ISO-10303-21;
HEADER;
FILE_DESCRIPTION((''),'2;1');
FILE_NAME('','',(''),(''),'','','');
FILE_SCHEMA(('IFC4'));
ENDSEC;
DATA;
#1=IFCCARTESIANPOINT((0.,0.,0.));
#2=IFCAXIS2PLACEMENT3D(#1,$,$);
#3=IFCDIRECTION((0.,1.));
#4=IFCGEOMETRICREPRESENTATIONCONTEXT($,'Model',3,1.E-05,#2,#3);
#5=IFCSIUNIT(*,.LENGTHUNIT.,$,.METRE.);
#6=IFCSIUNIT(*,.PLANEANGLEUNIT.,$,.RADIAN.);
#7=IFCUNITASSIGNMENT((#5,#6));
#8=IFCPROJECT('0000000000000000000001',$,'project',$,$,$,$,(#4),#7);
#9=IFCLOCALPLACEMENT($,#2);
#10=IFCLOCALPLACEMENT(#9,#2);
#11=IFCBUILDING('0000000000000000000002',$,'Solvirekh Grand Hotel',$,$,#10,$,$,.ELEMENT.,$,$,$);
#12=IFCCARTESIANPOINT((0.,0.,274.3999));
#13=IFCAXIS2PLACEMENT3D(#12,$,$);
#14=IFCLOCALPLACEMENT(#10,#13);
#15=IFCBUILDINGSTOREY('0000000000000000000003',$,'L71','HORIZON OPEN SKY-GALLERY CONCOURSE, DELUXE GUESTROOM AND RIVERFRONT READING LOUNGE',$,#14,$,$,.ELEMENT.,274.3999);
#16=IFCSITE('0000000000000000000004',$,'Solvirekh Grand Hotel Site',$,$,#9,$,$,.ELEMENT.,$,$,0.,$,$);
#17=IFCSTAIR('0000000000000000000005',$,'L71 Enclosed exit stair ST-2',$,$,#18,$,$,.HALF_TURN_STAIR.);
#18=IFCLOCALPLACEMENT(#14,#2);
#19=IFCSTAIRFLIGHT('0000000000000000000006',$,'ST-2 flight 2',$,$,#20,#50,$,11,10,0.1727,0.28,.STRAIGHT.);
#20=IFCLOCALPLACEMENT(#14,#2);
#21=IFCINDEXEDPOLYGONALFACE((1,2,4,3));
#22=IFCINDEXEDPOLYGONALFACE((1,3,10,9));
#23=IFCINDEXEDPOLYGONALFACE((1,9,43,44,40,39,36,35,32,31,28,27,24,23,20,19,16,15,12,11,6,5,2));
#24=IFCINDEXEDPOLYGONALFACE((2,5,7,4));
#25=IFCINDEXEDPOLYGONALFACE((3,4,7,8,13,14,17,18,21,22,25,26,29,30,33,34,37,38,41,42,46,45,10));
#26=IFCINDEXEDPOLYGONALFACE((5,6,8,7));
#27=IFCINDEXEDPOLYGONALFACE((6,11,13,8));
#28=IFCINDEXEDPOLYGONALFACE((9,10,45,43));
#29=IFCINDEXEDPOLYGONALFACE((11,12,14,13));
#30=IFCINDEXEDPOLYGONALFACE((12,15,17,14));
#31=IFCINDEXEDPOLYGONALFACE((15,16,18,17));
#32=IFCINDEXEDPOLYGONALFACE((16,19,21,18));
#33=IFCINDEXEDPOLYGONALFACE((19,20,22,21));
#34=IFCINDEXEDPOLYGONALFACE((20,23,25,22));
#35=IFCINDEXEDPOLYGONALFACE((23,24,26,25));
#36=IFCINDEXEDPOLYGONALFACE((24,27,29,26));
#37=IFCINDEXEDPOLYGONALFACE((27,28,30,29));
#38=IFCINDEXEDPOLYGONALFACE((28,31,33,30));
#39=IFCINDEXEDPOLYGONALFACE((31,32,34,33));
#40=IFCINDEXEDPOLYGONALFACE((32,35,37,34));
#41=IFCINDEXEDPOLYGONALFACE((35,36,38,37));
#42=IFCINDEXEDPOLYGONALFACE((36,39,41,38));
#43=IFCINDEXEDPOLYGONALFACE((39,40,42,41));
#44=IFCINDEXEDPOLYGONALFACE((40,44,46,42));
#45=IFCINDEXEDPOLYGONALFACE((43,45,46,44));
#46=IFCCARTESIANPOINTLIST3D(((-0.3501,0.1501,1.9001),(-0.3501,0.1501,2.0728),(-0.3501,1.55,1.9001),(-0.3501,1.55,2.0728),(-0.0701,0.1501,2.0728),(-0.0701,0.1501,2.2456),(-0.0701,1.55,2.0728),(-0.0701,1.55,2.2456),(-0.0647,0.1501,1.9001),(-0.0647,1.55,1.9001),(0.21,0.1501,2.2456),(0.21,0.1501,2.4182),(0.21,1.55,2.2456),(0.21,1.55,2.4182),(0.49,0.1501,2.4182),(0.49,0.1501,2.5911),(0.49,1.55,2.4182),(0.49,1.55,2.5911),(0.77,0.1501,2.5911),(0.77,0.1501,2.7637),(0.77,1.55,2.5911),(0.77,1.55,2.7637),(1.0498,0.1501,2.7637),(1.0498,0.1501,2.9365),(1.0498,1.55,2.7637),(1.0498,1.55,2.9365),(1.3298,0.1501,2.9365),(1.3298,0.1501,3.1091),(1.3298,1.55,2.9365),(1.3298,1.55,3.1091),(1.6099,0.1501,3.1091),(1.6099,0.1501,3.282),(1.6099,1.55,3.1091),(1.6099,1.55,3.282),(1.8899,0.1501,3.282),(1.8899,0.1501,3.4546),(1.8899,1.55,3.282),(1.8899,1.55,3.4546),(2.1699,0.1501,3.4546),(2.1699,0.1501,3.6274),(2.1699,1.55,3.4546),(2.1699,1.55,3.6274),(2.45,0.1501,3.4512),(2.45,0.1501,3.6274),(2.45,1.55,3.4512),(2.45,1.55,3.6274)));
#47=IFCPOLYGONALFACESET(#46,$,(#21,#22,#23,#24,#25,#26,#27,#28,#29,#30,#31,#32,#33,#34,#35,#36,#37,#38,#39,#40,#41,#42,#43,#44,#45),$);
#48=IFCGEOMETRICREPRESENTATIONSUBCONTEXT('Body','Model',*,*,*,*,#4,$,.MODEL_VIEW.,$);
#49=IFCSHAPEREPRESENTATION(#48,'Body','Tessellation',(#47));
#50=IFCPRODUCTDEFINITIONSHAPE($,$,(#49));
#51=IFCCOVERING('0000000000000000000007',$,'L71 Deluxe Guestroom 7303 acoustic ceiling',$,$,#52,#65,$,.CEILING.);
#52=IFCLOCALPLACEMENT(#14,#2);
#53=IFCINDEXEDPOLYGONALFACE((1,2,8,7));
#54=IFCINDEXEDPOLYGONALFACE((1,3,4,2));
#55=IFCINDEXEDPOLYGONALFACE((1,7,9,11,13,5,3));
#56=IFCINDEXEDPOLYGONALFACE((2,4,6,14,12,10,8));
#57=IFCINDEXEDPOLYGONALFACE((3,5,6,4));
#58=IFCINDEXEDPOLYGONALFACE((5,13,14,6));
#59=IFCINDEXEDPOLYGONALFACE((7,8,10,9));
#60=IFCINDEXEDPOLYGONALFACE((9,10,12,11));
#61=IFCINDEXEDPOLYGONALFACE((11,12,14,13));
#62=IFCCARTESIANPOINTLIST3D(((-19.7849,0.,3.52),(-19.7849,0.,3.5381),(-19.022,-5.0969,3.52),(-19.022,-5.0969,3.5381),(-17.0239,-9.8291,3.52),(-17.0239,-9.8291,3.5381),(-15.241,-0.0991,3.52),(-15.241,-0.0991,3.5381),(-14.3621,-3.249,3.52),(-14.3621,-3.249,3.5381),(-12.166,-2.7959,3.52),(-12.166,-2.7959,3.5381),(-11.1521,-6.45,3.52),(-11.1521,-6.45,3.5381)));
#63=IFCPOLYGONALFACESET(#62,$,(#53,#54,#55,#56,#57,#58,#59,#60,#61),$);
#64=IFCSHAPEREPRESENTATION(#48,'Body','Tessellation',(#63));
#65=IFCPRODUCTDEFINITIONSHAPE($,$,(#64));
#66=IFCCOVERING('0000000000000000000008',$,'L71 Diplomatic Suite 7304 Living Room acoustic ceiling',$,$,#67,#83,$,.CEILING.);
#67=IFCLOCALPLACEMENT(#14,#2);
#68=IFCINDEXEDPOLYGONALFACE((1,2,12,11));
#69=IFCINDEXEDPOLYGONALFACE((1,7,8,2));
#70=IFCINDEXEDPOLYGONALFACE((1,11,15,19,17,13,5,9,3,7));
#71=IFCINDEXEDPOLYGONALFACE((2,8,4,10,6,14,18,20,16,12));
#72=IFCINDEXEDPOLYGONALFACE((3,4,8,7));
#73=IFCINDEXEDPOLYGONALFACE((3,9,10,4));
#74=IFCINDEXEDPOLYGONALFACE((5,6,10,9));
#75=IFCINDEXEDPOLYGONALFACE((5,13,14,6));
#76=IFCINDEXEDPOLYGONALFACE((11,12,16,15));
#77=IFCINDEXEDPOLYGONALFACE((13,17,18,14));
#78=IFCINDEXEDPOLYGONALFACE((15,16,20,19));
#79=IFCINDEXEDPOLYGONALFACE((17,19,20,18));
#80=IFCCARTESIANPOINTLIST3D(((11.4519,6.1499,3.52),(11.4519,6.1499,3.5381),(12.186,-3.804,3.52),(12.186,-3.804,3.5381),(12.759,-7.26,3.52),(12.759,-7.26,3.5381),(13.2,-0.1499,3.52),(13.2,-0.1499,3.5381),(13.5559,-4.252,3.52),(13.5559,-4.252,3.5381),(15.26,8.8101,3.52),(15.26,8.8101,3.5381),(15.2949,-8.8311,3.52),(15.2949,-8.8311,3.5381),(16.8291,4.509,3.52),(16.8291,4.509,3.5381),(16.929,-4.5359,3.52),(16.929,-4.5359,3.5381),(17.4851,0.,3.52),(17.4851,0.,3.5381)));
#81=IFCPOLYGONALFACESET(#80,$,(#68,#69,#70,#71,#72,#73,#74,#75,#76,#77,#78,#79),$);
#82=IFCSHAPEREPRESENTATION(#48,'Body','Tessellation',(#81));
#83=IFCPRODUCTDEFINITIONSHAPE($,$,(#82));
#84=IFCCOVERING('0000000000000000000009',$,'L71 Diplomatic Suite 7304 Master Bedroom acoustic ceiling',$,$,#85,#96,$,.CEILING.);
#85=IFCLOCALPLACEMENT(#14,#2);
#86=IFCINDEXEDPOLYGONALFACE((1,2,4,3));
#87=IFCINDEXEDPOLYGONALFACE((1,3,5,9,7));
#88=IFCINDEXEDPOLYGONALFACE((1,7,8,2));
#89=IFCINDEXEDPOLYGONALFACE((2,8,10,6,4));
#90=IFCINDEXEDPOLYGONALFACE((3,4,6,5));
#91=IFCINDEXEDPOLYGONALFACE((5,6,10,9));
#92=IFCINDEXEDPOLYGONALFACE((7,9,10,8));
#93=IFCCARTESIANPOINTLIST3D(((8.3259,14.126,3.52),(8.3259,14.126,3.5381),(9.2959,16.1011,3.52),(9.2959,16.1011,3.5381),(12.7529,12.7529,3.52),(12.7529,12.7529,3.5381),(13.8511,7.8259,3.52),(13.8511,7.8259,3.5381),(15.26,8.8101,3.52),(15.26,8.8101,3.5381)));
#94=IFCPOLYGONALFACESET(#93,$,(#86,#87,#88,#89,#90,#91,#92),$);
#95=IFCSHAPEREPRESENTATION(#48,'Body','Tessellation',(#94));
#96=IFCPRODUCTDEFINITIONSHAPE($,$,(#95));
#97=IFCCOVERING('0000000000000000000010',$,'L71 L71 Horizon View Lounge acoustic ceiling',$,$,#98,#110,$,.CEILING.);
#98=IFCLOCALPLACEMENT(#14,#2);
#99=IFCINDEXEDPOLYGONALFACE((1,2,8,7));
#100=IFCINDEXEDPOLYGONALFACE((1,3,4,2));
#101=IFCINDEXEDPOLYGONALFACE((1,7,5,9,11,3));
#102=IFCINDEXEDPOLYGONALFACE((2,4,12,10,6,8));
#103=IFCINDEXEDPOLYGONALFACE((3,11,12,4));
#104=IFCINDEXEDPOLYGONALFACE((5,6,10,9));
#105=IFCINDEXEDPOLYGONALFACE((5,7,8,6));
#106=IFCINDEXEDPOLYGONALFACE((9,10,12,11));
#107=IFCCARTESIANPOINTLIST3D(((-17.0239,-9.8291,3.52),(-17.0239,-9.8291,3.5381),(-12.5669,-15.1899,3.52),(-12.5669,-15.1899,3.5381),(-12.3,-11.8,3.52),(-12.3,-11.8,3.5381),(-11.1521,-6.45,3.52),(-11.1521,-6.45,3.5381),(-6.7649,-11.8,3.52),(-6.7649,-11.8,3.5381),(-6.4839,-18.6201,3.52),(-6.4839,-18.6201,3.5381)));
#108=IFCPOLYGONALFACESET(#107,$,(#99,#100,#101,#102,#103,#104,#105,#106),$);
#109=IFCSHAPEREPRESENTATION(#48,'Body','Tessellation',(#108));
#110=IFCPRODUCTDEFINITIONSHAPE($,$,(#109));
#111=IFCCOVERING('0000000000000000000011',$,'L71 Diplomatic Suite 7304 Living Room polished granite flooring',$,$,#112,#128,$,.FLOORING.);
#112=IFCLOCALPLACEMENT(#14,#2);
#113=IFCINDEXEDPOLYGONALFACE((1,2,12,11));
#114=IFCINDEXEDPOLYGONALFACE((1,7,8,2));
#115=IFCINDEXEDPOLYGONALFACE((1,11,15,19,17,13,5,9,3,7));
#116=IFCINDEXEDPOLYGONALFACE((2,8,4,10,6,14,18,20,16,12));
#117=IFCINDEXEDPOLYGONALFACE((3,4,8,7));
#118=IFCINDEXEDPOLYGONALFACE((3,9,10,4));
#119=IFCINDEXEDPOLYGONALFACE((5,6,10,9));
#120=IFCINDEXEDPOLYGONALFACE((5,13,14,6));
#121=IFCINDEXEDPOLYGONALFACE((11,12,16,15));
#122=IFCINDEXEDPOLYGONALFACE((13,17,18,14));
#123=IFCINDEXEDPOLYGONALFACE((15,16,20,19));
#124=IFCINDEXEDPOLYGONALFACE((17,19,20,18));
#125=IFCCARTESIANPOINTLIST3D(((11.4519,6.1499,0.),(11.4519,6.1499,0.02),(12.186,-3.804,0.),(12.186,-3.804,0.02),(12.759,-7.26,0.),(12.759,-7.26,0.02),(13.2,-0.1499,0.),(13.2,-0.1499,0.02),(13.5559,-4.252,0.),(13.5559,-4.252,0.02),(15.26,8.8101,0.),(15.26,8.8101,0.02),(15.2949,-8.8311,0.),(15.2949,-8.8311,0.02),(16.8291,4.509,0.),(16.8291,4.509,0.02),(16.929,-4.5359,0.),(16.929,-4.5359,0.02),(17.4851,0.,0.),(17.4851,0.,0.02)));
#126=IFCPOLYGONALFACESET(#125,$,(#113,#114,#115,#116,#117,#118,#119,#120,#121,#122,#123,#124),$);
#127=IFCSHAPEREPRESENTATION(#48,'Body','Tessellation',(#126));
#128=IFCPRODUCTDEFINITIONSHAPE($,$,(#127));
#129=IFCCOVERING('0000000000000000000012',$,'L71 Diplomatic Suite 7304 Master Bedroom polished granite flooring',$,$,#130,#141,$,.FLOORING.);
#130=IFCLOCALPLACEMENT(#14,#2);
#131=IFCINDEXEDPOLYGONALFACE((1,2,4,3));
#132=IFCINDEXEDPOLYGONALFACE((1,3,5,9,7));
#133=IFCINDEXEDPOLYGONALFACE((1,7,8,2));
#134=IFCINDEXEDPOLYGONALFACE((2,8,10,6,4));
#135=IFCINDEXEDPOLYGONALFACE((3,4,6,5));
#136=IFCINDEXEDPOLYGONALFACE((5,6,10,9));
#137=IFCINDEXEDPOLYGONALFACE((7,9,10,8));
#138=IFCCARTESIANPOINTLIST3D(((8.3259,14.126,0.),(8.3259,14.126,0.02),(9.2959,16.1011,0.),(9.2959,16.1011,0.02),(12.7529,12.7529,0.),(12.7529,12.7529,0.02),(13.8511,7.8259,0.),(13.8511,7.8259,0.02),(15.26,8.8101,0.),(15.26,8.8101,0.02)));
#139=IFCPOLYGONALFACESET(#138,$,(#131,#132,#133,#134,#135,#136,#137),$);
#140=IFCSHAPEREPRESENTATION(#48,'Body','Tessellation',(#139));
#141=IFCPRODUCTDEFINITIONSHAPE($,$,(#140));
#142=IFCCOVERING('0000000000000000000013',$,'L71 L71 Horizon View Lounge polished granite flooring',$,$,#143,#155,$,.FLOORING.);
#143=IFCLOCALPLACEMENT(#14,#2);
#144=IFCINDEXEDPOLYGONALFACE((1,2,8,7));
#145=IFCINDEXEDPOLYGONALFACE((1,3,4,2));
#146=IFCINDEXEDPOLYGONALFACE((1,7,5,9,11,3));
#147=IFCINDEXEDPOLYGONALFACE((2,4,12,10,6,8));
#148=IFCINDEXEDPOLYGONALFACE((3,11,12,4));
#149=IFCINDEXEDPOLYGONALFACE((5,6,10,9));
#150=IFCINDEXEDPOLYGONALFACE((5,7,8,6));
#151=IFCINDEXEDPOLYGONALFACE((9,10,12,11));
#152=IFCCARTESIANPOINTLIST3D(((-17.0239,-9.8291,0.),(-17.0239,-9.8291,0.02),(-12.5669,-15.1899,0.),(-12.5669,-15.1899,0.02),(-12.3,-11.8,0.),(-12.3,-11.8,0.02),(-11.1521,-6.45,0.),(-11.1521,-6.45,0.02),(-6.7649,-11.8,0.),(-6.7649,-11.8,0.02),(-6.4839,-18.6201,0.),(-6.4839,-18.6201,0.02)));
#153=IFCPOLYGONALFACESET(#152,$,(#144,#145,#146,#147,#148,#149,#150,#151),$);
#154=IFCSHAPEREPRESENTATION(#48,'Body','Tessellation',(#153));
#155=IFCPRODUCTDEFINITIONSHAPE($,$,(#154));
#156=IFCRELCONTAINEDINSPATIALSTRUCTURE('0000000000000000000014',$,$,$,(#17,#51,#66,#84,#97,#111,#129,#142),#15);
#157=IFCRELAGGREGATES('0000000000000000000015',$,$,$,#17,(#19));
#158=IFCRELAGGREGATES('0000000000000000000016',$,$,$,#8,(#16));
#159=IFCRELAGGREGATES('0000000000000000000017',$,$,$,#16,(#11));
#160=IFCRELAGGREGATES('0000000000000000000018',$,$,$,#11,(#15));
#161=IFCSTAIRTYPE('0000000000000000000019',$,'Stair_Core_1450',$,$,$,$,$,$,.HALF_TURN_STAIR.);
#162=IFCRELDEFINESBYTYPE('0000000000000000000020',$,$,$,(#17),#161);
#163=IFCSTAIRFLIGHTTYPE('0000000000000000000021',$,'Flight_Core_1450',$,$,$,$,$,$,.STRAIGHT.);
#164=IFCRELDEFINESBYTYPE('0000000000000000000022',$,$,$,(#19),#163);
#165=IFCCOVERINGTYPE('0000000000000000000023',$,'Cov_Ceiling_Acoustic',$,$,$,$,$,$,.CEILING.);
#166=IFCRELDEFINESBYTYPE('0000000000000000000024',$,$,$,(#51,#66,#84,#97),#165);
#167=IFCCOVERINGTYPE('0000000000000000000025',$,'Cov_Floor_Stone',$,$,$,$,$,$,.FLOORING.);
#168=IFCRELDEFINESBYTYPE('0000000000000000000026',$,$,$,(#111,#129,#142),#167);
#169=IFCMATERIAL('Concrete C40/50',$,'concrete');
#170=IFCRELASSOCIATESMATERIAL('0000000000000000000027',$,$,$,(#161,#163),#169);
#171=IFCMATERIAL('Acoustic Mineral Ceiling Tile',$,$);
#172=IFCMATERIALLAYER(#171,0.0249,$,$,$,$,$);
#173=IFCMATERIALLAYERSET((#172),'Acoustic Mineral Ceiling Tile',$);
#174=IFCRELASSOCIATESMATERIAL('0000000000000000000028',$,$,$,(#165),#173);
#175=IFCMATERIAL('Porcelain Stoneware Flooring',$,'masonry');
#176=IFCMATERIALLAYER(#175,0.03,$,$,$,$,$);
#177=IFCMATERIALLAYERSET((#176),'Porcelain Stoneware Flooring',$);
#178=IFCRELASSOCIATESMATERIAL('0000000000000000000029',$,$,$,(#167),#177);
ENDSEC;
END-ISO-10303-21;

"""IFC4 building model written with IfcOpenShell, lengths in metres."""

from ifc_helpers import new_model, si_unit, direction, frame, origin, place, context, subcontext, project, spatial, polyline, outline, extrude, material, layer, layer_set, type_object, element, aggregate, save


model = new_model("IFC4")

# Units and contexts
model_context = context("Model", 3, precision=1e-05, world=origin(), true_north=direction((0.0, 1.0)))
body_context = subcontext(model_context, "Body", "Model", "MODEL_VIEW")
ifc_project = project(units=[si_unit("LENGTHUNIT", "METRE"), si_unit("PLANEANGLEUNIT", "RADIAN")], contexts=[model_context])

# Site, building, storey
site_placement = place(None, origin())
site = spatial("IfcSite", under=ifc_project, at=site_placement, Name="Solvirekh Grand Hotel Site", CompositionType="ELEMENT", RefElevation=0.0)
building_placement = place(site_placement, origin())
building = spatial("IfcBuilding", under=site, at=building_placement, Name="Solvirekh Grand Hotel", CompositionType="ELEMENT")
storey_placement = place(building_placement, frame((0.0, 0.0, 274.3999)))
storey = spatial("IfcBuildingStorey", under=building, at=storey_placement, Name="L71", Description="HORIZON OPEN SKY-GALLERY CONCOURSE, DELUXE GUESTROOM AND RIVERFRONT READING LOUNGE", CompositionType="ELEMENT", Elevation=274.3999)

# Shared definitions
ifc_material_1 = material(Name="Concrete C40/50", Category="concrete")

# Stair, stair flight
stair_type = type_object("IfcStairType", Name="Stair_Core_1450", PredefinedType="HALF_TURN_STAIR", material=ifc_material_1)
stair_placement = place(storey_placement, origin())
stair = element("IfcStair", 1, at=stair_placement, inside=storey, type_object=stair_type, Name="L71 Enclosed exit stair ST-2", PredefinedType="HALF_TURN_STAIR")
stair_flight_type = type_object("IfcStairFlightType", Name="Flight_Core_1450", PredefinedType="STRAIGHT", material=ifc_material_1)
stair_flight_1_placement = place(storey_placement, frame((-0.3501, 0.8501, 1.9001), z_axis=(0.0, 0.0, 1.0), x_axis=(1.0, 0.0, 0.0)))
stair_flight_1 = element("IfcStairFlight", 2, at=stair_flight_1_placement, type_object=stair_flight_type, Name="ST-2 flight 2", NumberOfRisers=11, NumberOfTreads=10, PredefinedType="STRAIGHT", RiserHeight=0.1727, TreadLength=0.28, context=body_context, shape_type="SweptSolid", body=[
    extrude(outline(polyline([(0.0, 0.0), (0.0, 0.1726), (0.28, 0.1726), (0.28, 0.3455), (0.5601, 0.3455), (0.5601, 0.5181), (0.8401, 0.5181), (0.8401, 0.6909), (1.1201, 0.6909), (1.1201, 0.8635), (1.3999, 0.8635), (1.3999, 1.0364), (1.6799, 1.0364), (1.6799, 1.209), (1.96, 1.209), (1.96, 1.3818), (2.24, 1.3818), (2.24, 1.5544), (2.52, 1.5544), (2.52, 1.7273), (2.8, 1.7273), (2.8, 1.8999), (2.8, 1.551), (0.2854, 0.0), (0.0, 0.0)])), frame((0.0, 0.7, 0.0), z_axis=(0.0, -1.0, 0.0), x_axis=(1.0, 0.0, 0.0)), (0.0, 0.0, 1.0), 1.3999),
])
aggregate(stair, [stair_flight_1])

# Coverings
ifc_material_2 = material(Name="Acoustic Mineral Ceiling Tile")
ifc_layer_1 = layer(ifc_material_2, 0.0249)
ifc_layer_set_1 = layer_set([ifc_layer_1], Name="Acoustic Mineral Ceiling Tile")
covering_type_1 = type_object("IfcCoveringType", Name="Cov_Ceiling_Acoustic", PredefinedType="CEILING", material=ifc_layer_set_1)
covering_1_placement = place(storey_placement, frame((0.0, 0.0, 3.52)))
element("IfcCovering", 3, at=covering_1_placement, inside=storey, type_object=covering_type_1, Name="L71 Deluxe Guestroom 7303 acoustic ceiling", PredefinedType="CEILING", context=body_context, shape_type="SweptSolid", body=[
    extrude(outline(polyline([(-14.3621, -3.249), (-15.241, -0.0991), (-19.7849, 0.0), (-19.022, -5.0969), (-17.0239, -9.8291), (-11.1521, -6.45), (-12.166, -2.7959), (-14.3621, -3.249)])), origin(), (0.0, 0.0, 1.0), 0.0181),
])
covering_2_placement = place(storey_placement, frame((0.0, 0.0, 3.52)))
element("IfcCovering", 4, at=covering_2_placement, inside=storey, type_object=covering_type_1, Name="L71 Diplomatic Suite 7304 Living Room acoustic ceiling", PredefinedType="CEILING", context=body_context, shape_type="SweptSolid", body=[
    extrude(outline(polyline([(13.5559, -4.252), (12.759, -7.26), (15.2949, -8.8311), (16.929, -4.5359), (17.4851, 0.0), (16.8291, 4.509), (15.26, 8.8101), (11.4519, 6.1499), (13.2, -0.1499), (12.186, -3.804), (13.5559, -4.252)])), origin(), (0.0, 0.0, 1.0), 0.0181),
])
covering_3_placement = place(storey_placement, frame((0.0, 0.0, 3.52)))
element("IfcCovering", 5, at=covering_3_placement, inside=storey, type_object=covering_type_1, Name="L71 Diplomatic Suite 7304 Master Bedroom acoustic ceiling", PredefinedType="CEILING", context=body_context, shape_type="SweptSolid", body=[
    extrude(outline(polyline([(15.26, 8.8101), (12.7529, 12.7529), (9.2959, 16.1011), (8.3259, 14.126), (13.8511, 7.8259), (15.26, 8.8101)])), origin(), (0.0, 0.0, 1.0), 0.0181),
])
covering_4_placement = place(storey_placement, frame((0.0, 0.0, 3.52)))
element("IfcCovering", 6, at=covering_4_placement, inside=storey, type_object=covering_type_1, Name="L71 L71 Horizon View Lounge acoustic ceiling", PredefinedType="CEILING", context=body_context, shape_type="SweptSolid", body=[
    extrude(outline(polyline([(-17.0239, -9.8291), (-12.5669, -15.1899), (-6.4839, -18.6201), (-6.7649, -11.8), (-12.3, -11.8), (-11.1521, -6.45), (-17.0239, -9.8291)])), origin(), (0.0, 0.0, 1.0), 0.0181),
])
ifc_material_3 = material(Name="Porcelain Stoneware Flooring", Category="masonry")
ifc_layer_2 = layer(ifc_material_3, 0.03)
ifc_layer_set_2 = layer_set([ifc_layer_2], Name="Porcelain Stoneware Flooring")
covering_type_2 = type_object("IfcCoveringType", Name="Cov_Floor_Stone", PredefinedType="FLOORING", material=ifc_layer_set_2)
covering_5_placement = place(storey_placement, origin())
element("IfcCovering", 7, at=covering_5_placement, inside=storey, type_object=covering_type_2, Name="L71 Diplomatic Suite 7304 Living Room polished granite flooring", PredefinedType="FLOORING", context=body_context, shape_type="SweptSolid", body=[
    extrude(outline(polyline([(13.5559, -4.252), (12.759, -7.26), (15.2949, -8.8311), (16.929, -4.5359), (17.4851, 0.0), (16.8291, 4.509), (15.26, 8.8101), (11.4519, 6.1499), (13.2, -0.1499), (12.186, -3.804), (13.5559, -4.252)])), origin(), (0.0, 0.0, 1.0), 0.02),
])
covering_6_placement = place(storey_placement, origin())
element("IfcCovering", 8, at=covering_6_placement, inside=storey, type_object=covering_type_2, Name="L71 Diplomatic Suite 7304 Master Bedroom polished granite flooring", PredefinedType="FLOORING", context=body_context, shape_type="SweptSolid", body=[
    extrude(outline(polyline([(15.26, 8.8101), (12.7529, 12.7529), (9.2959, 16.1011), (8.3259, 14.126), (13.8511, 7.8259), (15.26, 8.8101)])), origin(), (0.0, 0.0, 1.0), 0.02),
])
covering_7_placement = place(storey_placement, origin())
element("IfcCovering", 9, at=covering_7_placement, inside=storey, type_object=covering_type_2, Name="L71 L71 Horizon View Lounge polished granite flooring", PredefinedType="FLOORING", context=body_context, shape_type="SweptSolid", body=[
    extrude(outline(polyline([(-17.0239, -9.8291), (-12.5669, -15.1899), (-6.4839, -18.6201), (-6.7649, -11.8), (-12.3, -11.8), (-11.1521, -6.45), (-17.0239, -9.8291)])), origin(), (0.0, 0.0, 1.0), 0.02),
])

save(model, "model.ifc")
